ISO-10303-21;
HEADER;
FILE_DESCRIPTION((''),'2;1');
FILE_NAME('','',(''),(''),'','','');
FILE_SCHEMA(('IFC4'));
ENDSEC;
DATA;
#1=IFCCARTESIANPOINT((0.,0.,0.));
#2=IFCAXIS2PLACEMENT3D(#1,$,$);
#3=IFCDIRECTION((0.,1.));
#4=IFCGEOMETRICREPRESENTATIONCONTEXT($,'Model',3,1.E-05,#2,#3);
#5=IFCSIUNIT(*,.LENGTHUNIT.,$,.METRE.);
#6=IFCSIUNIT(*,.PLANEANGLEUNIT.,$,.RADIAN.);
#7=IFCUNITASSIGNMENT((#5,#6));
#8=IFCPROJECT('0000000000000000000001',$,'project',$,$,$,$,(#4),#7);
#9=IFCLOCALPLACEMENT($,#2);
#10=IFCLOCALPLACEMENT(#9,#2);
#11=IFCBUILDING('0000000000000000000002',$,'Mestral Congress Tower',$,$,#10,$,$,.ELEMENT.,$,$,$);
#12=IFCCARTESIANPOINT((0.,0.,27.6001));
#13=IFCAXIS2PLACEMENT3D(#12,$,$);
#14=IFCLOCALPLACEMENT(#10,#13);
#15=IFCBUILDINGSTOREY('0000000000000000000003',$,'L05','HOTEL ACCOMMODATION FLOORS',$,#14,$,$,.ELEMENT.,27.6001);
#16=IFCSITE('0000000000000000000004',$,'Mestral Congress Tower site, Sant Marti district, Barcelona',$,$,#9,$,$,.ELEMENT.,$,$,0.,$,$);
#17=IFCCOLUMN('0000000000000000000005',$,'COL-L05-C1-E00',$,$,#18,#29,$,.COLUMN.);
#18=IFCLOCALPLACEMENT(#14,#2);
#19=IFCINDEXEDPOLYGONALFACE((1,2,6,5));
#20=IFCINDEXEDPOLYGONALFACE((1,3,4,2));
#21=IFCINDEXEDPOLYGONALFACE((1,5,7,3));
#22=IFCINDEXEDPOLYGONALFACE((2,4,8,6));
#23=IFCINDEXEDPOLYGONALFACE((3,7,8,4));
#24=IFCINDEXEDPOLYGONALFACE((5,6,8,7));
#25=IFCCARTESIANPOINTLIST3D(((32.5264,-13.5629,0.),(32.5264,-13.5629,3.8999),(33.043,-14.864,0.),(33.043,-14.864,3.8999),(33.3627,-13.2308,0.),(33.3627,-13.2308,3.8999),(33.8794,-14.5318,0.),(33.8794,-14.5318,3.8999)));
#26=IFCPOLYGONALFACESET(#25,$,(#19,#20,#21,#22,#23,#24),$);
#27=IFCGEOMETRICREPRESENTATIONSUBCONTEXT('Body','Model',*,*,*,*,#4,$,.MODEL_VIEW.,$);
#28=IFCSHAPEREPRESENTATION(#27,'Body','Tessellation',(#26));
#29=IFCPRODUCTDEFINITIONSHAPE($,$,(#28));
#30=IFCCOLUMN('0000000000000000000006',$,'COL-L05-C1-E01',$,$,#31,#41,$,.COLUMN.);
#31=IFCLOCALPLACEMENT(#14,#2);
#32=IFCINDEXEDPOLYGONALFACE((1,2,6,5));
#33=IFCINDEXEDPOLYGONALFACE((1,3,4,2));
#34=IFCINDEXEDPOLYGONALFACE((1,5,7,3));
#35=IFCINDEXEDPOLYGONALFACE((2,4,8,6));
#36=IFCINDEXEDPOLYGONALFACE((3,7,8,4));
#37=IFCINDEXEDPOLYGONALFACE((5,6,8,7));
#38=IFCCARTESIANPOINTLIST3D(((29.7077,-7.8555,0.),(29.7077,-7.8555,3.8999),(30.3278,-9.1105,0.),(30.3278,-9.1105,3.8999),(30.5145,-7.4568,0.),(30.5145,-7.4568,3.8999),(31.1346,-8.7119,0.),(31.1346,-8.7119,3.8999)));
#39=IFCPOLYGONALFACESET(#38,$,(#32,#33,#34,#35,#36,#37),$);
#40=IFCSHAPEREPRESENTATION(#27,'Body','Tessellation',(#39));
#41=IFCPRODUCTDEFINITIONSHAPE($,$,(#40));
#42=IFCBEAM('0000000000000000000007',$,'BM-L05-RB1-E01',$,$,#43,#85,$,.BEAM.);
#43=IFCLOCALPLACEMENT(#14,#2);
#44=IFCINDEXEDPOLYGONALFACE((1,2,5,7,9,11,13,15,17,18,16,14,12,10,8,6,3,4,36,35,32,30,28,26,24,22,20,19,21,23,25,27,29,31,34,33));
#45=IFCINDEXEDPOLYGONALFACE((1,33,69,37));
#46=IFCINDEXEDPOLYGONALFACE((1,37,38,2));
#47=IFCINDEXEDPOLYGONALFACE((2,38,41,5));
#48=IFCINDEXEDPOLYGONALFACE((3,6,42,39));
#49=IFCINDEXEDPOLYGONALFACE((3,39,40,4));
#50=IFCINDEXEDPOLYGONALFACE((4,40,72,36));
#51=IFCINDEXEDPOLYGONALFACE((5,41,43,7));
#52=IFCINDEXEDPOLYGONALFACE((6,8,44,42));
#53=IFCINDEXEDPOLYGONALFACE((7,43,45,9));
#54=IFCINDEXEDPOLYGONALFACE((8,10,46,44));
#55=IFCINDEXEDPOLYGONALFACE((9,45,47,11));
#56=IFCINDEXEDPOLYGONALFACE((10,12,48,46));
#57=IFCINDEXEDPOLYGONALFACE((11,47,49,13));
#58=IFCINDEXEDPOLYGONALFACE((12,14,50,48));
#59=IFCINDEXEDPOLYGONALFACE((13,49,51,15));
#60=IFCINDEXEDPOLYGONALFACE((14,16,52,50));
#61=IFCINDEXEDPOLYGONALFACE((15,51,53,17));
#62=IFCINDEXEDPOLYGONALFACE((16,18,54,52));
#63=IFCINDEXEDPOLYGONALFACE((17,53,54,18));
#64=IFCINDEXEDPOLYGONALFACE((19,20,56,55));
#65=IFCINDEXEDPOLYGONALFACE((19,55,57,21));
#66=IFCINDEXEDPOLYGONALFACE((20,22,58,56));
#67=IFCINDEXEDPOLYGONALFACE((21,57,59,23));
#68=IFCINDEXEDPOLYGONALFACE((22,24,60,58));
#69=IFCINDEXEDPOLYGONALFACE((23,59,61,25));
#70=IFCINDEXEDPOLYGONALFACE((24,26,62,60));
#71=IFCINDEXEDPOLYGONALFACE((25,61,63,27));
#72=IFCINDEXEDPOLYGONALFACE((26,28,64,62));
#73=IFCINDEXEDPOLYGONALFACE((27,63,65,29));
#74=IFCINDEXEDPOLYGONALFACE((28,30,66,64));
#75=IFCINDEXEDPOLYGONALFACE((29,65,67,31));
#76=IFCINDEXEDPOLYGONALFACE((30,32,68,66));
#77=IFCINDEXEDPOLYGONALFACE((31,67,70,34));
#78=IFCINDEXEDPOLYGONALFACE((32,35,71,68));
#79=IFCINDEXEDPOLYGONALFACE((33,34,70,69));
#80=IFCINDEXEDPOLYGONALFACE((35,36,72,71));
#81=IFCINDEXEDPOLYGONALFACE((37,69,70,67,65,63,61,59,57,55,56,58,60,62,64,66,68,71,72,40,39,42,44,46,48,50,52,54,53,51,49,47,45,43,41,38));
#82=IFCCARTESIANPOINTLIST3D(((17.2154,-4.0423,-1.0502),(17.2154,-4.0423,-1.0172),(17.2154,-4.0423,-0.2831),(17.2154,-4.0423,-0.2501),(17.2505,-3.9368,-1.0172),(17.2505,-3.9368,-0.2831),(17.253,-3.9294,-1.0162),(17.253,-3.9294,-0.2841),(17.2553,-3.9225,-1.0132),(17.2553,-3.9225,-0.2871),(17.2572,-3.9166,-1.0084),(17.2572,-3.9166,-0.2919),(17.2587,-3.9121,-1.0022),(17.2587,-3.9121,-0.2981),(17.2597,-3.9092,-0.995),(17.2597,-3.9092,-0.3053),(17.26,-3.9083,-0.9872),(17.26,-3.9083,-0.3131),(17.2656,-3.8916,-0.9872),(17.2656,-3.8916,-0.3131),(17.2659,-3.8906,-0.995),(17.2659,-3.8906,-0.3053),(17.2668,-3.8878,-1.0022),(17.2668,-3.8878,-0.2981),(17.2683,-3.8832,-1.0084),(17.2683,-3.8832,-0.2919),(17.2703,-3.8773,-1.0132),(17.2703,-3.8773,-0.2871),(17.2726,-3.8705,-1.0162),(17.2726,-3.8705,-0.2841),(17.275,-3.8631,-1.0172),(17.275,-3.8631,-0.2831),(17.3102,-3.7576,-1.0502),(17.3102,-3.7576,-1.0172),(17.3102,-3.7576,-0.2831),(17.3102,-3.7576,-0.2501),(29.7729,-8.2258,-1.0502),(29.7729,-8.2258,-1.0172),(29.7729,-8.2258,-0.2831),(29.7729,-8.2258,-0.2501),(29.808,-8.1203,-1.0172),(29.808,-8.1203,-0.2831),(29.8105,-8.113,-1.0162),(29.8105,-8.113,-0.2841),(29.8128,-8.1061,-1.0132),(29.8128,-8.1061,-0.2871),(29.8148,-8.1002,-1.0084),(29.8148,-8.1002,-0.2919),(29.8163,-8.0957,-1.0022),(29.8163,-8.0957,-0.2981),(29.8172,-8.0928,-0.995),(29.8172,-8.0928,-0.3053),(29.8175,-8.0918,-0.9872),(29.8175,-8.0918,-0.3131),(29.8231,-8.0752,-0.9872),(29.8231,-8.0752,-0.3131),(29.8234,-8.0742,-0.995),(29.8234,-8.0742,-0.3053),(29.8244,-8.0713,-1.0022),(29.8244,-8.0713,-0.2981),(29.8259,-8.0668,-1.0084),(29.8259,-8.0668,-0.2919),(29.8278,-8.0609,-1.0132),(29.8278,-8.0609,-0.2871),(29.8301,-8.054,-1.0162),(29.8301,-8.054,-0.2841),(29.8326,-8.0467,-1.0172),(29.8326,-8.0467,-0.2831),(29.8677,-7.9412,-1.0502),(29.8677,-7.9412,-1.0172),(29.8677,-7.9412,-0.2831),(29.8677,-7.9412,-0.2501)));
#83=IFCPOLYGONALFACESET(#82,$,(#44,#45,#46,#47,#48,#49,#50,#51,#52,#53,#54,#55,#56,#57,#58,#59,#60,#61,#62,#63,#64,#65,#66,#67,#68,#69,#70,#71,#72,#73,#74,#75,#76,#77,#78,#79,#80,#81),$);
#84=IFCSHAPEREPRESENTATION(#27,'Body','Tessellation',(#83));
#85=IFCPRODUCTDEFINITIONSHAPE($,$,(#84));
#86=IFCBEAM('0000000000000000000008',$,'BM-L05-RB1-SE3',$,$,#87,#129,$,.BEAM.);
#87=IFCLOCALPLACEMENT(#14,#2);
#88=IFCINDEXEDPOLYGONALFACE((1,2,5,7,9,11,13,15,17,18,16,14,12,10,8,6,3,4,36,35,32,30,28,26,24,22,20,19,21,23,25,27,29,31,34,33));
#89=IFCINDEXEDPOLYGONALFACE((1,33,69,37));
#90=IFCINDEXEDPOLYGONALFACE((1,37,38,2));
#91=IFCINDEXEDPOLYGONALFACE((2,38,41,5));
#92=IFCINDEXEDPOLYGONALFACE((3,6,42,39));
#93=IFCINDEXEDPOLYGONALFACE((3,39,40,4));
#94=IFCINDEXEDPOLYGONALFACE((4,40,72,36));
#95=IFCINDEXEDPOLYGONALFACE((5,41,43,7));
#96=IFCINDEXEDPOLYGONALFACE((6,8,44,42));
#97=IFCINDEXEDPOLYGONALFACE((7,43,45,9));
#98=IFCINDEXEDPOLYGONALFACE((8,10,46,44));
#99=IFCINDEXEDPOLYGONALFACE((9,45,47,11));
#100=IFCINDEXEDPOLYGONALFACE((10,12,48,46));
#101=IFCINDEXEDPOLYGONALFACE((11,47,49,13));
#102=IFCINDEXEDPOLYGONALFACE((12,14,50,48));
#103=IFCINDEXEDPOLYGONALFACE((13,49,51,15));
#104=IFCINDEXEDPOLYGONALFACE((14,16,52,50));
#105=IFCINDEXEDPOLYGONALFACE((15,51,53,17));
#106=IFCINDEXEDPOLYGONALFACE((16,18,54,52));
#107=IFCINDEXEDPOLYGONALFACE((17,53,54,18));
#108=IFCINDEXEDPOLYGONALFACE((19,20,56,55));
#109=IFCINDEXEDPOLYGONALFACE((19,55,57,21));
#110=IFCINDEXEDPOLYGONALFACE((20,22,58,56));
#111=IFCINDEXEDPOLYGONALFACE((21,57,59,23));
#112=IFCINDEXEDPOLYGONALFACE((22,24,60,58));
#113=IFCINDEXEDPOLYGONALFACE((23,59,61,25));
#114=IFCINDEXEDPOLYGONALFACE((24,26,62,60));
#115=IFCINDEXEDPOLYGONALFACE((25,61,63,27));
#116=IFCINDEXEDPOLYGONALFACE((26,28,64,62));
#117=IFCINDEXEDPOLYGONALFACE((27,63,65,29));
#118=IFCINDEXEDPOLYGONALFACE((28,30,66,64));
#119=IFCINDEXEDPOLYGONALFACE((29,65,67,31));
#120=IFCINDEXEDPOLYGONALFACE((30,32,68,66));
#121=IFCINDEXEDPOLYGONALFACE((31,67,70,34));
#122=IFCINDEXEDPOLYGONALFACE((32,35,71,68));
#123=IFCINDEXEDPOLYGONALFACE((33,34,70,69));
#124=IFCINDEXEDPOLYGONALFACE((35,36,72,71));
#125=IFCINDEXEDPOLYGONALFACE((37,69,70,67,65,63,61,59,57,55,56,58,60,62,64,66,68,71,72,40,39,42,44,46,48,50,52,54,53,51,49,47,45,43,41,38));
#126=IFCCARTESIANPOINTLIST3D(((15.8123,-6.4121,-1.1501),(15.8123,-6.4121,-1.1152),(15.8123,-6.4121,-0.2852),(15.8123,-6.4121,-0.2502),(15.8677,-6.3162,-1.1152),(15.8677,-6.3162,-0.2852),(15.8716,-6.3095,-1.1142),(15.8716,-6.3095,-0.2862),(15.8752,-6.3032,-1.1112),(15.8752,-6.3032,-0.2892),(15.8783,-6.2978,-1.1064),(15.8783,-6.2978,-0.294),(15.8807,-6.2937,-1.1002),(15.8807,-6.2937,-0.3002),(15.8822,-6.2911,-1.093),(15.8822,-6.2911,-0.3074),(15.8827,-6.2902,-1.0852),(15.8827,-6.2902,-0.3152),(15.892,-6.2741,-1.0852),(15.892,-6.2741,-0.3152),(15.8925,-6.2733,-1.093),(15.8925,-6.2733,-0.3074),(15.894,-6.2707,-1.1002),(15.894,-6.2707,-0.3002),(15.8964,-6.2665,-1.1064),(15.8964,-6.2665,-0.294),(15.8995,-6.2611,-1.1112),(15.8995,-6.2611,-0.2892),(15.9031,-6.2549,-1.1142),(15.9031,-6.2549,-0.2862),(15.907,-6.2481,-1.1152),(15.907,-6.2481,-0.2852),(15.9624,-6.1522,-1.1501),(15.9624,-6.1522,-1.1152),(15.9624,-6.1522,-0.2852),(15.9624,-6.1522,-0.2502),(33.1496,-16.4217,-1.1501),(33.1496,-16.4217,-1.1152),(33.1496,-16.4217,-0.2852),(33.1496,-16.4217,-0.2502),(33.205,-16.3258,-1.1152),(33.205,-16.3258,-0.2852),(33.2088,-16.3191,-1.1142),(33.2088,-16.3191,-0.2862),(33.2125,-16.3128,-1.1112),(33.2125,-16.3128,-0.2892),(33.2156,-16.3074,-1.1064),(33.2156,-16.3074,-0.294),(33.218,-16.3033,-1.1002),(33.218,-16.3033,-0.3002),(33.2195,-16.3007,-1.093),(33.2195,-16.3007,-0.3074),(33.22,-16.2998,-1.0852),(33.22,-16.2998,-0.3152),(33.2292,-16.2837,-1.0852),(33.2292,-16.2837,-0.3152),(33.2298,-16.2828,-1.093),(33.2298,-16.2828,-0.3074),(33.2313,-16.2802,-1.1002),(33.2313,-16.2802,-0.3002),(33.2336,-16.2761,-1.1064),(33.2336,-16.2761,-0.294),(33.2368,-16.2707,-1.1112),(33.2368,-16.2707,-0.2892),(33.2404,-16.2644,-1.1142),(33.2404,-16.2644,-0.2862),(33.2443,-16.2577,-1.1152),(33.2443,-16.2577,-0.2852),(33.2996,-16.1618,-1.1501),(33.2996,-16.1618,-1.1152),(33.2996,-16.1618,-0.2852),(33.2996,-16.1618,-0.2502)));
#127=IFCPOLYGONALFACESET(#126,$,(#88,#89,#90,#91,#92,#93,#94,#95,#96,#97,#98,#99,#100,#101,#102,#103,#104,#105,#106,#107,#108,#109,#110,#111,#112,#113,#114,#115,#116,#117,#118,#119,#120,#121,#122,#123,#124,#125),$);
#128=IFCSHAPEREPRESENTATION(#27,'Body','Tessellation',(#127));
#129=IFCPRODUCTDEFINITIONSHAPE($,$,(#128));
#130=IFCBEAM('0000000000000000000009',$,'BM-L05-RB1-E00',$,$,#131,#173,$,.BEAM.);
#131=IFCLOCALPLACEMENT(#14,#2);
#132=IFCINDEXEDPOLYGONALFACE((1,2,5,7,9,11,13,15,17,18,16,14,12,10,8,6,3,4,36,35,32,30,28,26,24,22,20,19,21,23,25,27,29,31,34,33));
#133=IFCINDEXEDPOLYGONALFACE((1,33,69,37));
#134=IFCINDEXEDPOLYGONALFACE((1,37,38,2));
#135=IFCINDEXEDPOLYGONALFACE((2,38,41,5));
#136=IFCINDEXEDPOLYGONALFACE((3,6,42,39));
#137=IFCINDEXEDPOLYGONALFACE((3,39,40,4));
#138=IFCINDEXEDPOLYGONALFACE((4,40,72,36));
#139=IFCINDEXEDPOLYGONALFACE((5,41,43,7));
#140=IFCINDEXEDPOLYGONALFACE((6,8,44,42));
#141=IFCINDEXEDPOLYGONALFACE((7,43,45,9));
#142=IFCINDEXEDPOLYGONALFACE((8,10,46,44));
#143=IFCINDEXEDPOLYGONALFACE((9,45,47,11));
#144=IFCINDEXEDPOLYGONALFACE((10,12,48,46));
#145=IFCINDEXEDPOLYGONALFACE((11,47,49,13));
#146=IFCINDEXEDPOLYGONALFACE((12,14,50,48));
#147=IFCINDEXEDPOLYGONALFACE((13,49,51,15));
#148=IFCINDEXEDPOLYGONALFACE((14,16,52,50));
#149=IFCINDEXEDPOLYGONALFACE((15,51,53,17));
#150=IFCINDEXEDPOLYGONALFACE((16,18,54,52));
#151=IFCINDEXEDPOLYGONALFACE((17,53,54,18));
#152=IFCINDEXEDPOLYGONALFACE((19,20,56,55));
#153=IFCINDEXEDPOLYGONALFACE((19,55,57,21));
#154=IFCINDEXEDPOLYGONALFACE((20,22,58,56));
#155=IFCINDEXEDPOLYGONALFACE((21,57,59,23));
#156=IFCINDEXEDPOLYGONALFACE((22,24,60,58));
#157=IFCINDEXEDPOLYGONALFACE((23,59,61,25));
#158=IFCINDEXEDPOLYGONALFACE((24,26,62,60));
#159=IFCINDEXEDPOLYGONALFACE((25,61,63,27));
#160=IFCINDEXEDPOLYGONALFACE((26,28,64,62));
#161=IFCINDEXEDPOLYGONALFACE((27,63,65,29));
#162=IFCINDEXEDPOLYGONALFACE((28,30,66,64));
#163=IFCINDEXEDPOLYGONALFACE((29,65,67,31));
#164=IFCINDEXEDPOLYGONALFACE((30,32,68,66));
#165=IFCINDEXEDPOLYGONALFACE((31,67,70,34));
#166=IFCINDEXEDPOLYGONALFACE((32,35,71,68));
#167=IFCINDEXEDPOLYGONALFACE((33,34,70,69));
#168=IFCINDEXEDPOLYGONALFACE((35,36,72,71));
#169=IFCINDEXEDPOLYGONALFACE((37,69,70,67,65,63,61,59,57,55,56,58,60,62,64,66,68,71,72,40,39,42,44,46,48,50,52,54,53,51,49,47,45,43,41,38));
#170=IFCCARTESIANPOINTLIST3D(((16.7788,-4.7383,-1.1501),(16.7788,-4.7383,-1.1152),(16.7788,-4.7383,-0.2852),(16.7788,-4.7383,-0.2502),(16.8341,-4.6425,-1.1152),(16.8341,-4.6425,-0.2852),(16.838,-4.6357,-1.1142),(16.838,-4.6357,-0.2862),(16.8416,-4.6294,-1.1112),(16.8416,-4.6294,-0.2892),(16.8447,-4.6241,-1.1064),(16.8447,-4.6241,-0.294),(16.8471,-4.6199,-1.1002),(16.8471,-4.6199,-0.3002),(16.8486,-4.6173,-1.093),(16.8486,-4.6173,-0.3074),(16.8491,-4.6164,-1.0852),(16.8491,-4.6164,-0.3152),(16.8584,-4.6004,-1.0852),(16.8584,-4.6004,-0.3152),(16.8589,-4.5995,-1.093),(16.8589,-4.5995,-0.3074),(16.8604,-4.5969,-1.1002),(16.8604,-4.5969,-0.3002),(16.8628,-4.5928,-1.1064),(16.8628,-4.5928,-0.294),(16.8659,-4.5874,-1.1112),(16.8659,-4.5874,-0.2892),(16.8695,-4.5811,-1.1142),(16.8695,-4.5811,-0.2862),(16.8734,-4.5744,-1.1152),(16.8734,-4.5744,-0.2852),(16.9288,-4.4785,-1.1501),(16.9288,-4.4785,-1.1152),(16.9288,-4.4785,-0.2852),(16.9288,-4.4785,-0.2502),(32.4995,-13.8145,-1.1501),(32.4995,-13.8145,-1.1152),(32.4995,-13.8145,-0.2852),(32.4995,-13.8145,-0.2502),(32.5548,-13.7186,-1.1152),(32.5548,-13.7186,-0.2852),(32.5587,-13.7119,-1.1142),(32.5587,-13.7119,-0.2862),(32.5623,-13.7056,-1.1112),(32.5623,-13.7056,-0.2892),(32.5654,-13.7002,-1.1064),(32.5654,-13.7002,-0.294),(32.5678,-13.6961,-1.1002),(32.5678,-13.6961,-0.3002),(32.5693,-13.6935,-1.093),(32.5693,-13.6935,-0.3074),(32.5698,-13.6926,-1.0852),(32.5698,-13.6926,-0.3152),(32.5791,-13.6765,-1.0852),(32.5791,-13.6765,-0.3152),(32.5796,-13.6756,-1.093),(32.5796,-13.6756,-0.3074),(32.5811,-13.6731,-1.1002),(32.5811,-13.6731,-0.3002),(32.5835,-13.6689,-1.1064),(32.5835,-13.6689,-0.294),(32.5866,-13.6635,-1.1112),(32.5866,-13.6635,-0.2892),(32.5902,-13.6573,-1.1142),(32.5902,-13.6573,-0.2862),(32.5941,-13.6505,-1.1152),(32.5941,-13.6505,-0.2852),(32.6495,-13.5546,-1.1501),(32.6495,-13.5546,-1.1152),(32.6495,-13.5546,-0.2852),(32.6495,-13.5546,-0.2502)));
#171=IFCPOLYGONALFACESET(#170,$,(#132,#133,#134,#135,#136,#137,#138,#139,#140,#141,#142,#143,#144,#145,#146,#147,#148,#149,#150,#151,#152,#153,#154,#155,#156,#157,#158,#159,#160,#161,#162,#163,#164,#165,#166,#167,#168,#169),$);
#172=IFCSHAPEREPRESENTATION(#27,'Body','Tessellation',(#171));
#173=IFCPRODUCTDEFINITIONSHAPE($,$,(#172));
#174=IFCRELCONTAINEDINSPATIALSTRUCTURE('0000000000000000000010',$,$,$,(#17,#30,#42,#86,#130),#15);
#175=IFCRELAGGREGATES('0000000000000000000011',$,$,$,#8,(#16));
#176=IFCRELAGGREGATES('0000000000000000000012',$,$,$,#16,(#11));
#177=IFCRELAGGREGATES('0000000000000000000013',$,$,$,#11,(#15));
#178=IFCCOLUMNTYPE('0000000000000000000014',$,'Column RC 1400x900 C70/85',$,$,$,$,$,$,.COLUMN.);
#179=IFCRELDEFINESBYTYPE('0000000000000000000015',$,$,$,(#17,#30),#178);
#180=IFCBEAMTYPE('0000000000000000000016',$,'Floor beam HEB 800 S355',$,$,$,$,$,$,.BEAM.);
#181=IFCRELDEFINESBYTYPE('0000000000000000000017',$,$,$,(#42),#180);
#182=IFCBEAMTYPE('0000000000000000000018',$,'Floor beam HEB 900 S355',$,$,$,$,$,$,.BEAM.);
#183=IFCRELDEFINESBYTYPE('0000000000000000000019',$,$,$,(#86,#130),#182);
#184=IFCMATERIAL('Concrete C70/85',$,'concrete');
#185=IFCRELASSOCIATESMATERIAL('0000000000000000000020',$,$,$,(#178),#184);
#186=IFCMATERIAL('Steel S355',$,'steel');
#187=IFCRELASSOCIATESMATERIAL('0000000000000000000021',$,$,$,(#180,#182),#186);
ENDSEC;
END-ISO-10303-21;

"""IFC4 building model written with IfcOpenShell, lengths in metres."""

from ifc_helpers import new_model, si_unit, direction, frame, origin, origin_2d, place, context, subcontext, project, spatial, rectangle, i_section, extrude, material, material_profile, profile_set, type_object, element, save


model = new_model("IFC4")

# Units and contexts
model_context = context("Model", 3, precision=1e-05, world=origin(), true_north=direction((0.0, 1.0)))
body_context = subcontext(model_context, "Body", "Model", "MODEL_VIEW")
ifc_project = project(units=[si_unit("LENGTHUNIT", "METRE"), si_unit("PLANEANGLEUNIT", "RADIAN")], contexts=[model_context])

# Site, building, storey
site_placement = place(None, origin())
site = spatial("IfcSite", under=ifc_project, at=site_placement, Name="Mestral Congress Tower site, Sant Marti district, Barcelona", CompositionType="ELEMENT", RefElevation=0.0)
building_placement = place(site_placement, origin())
building = spatial("IfcBuilding", under=site, at=building_placement, Name="Mestral Congress Tower", CompositionType="ELEMENT")
storey_placement = place(building_placement, frame((0.0, 0.0, 27.6001)))
storey = spatial("IfcBuildingStorey", under=building, at=storey_placement, Name="L05", Description="HOTEL ACCOMMODATION FLOORS", CompositionType="ELEMENT", Elevation=27.6001)

# Columns
ifc_material_1 = material(Name="Concrete C70/85", Category="concrete")
ifc_material_profile_1 = material_profile(ifc_material_1, rectangle(XDim=1.3999, YDim=0.8999, at=origin_2d()), Name="RC 1400x900")
ifc_profile_set_1 = profile_set([ifc_material_profile_1], Name="Concrete C70/85")
column_type = type_object("IfcColumnType", Name="Column RC 1400x900 C70/85", PredefinedType="COLUMN", material=ifc_profile_set_1)
for number, where, z_axis, x_axis, name in (
    (1, (33.2029, -14.0474, 0.0), (0.0, 0.0, 1.0), (-0.36909, 0.929394, 0.0), "COL-L05-C1-E00"),
    (2, (30.4211, -8.2837, 0.0), (0.0, 0.0, 1.0), (-0.442959, 0.896542, 0.0), "COL-L05-C1-E01"),
):
    element("IfcColumn", number, at=place(storey_placement, frame(where, z_axis=z_axis, x_axis=x_axis)), inside=storey, type_object=column_type, Name=name, PredefinedType="COLUMN", context=body_context, shape_type="SweptSolid", body=[
        extrude(rectangle(XDim=1.3999, YDim=0.8999, at=origin_2d()), origin(), (0.0, 0.0, 1.0), 3.8999),
    ])

# Beams
ifc_material_2 = material(Name="Steel S355", Category="steel")
ifc_material_profile_2 = material_profile(ifc_material_2, i_section(OverallWidth=0.3, OverallDepth=0.8, WebThickness=0.0176, FlangeThickness=0.033, FilletRadius=0.03, at=origin_2d()), Name="HEB 800")
ifc_profile_set_2 = profile_set([ifc_material_profile_2], Name="Steel S355")
beam_type_1 = type_object("IfcBeamType", Name="Floor beam HEB 800 S355", PredefinedType="BEAM", material=ifc_profile_set_2)
beam_1_placement = place(storey_placement, frame((29.8203, -8.0835, -0.6501), z_axis=(-0.948735, 0.316073, 0.0), x_axis=(-0.316073, -0.948735, 0.0)))
element("IfcBeam", 3, at=beam_1_placement, inside=storey, type_object=beam_type_1, Name="BM-L05-RB1-E01", PredefinedType="BEAM", context=body_context, shape_type="SweptSolid", body=[
    extrude(i_section(OverallWidth=0.3, OverallDepth=0.8, WebThickness=0.0176, FlangeThickness=0.033, FilletRadius=0.03, at=origin_2d()), origin(), (0.0, 0.0, 1.0), 13.2361),
])
ifc_material_profile_3 = material_profile(ifc_material_2, i_section(OverallWidth=0.3, OverallDepth=0.8999, WebThickness=0.0186, FlangeThickness=0.0349, FilletRadius=0.03, at=origin_2d()), Name="HEB 900")
ifc_profile_set_3 = profile_set([ifc_material_profile_3], Name="Steel S355")
beam_type_2 = type_object("IfcBeamType", Name="Floor beam HEB 900 S355", PredefinedType="BEAM", material=ifc_profile_set_3)
beam_2_placement = place(storey_placement, frame((33.2246, -16.2917, -0.7002), z_axis=(-0.866027, 0.499997, 0.0), x_axis=(-0.499997, -0.866027, 0.0)))
element("IfcBeam", 4, at=beam_2_placement, inside=storey, type_object=beam_type_2, Name="BM-L05-RB1-SE3", PredefinedType="BEAM", context=body_context, shape_type="SweptSolid", body=[
    extrude(i_section(OverallWidth=0.3, OverallDepth=0.8999, WebThickness=0.0186, FlangeThickness=0.0349, FilletRadius=0.03, at=origin_2d()), origin(), (0.0, 0.0, 1.0), 20.0193),
])
beam_3_placement = place(storey_placement, frame((32.5745, -13.6846, -0.7002), z_axis=(-0.86603, 0.499993, 0.0), x_axis=(-0.499993, -0.86603, 0.0)))
element("IfcBeam", 5, at=beam_3_placement, inside=storey, type_object=beam_type_2, Name="BM-L05-RB1-E00", PredefinedType="BEAM", context=body_context, shape_type="SweptSolid", body=[
    extrude(i_section(OverallWidth=0.3, OverallDepth=0.8999, WebThickness=0.0186, FlangeThickness=0.0349, FilletRadius=0.03, at=origin_2d()), origin(), (0.0, 0.0, 1.0), 18.1526),
])

save(model, "model.ifc")
